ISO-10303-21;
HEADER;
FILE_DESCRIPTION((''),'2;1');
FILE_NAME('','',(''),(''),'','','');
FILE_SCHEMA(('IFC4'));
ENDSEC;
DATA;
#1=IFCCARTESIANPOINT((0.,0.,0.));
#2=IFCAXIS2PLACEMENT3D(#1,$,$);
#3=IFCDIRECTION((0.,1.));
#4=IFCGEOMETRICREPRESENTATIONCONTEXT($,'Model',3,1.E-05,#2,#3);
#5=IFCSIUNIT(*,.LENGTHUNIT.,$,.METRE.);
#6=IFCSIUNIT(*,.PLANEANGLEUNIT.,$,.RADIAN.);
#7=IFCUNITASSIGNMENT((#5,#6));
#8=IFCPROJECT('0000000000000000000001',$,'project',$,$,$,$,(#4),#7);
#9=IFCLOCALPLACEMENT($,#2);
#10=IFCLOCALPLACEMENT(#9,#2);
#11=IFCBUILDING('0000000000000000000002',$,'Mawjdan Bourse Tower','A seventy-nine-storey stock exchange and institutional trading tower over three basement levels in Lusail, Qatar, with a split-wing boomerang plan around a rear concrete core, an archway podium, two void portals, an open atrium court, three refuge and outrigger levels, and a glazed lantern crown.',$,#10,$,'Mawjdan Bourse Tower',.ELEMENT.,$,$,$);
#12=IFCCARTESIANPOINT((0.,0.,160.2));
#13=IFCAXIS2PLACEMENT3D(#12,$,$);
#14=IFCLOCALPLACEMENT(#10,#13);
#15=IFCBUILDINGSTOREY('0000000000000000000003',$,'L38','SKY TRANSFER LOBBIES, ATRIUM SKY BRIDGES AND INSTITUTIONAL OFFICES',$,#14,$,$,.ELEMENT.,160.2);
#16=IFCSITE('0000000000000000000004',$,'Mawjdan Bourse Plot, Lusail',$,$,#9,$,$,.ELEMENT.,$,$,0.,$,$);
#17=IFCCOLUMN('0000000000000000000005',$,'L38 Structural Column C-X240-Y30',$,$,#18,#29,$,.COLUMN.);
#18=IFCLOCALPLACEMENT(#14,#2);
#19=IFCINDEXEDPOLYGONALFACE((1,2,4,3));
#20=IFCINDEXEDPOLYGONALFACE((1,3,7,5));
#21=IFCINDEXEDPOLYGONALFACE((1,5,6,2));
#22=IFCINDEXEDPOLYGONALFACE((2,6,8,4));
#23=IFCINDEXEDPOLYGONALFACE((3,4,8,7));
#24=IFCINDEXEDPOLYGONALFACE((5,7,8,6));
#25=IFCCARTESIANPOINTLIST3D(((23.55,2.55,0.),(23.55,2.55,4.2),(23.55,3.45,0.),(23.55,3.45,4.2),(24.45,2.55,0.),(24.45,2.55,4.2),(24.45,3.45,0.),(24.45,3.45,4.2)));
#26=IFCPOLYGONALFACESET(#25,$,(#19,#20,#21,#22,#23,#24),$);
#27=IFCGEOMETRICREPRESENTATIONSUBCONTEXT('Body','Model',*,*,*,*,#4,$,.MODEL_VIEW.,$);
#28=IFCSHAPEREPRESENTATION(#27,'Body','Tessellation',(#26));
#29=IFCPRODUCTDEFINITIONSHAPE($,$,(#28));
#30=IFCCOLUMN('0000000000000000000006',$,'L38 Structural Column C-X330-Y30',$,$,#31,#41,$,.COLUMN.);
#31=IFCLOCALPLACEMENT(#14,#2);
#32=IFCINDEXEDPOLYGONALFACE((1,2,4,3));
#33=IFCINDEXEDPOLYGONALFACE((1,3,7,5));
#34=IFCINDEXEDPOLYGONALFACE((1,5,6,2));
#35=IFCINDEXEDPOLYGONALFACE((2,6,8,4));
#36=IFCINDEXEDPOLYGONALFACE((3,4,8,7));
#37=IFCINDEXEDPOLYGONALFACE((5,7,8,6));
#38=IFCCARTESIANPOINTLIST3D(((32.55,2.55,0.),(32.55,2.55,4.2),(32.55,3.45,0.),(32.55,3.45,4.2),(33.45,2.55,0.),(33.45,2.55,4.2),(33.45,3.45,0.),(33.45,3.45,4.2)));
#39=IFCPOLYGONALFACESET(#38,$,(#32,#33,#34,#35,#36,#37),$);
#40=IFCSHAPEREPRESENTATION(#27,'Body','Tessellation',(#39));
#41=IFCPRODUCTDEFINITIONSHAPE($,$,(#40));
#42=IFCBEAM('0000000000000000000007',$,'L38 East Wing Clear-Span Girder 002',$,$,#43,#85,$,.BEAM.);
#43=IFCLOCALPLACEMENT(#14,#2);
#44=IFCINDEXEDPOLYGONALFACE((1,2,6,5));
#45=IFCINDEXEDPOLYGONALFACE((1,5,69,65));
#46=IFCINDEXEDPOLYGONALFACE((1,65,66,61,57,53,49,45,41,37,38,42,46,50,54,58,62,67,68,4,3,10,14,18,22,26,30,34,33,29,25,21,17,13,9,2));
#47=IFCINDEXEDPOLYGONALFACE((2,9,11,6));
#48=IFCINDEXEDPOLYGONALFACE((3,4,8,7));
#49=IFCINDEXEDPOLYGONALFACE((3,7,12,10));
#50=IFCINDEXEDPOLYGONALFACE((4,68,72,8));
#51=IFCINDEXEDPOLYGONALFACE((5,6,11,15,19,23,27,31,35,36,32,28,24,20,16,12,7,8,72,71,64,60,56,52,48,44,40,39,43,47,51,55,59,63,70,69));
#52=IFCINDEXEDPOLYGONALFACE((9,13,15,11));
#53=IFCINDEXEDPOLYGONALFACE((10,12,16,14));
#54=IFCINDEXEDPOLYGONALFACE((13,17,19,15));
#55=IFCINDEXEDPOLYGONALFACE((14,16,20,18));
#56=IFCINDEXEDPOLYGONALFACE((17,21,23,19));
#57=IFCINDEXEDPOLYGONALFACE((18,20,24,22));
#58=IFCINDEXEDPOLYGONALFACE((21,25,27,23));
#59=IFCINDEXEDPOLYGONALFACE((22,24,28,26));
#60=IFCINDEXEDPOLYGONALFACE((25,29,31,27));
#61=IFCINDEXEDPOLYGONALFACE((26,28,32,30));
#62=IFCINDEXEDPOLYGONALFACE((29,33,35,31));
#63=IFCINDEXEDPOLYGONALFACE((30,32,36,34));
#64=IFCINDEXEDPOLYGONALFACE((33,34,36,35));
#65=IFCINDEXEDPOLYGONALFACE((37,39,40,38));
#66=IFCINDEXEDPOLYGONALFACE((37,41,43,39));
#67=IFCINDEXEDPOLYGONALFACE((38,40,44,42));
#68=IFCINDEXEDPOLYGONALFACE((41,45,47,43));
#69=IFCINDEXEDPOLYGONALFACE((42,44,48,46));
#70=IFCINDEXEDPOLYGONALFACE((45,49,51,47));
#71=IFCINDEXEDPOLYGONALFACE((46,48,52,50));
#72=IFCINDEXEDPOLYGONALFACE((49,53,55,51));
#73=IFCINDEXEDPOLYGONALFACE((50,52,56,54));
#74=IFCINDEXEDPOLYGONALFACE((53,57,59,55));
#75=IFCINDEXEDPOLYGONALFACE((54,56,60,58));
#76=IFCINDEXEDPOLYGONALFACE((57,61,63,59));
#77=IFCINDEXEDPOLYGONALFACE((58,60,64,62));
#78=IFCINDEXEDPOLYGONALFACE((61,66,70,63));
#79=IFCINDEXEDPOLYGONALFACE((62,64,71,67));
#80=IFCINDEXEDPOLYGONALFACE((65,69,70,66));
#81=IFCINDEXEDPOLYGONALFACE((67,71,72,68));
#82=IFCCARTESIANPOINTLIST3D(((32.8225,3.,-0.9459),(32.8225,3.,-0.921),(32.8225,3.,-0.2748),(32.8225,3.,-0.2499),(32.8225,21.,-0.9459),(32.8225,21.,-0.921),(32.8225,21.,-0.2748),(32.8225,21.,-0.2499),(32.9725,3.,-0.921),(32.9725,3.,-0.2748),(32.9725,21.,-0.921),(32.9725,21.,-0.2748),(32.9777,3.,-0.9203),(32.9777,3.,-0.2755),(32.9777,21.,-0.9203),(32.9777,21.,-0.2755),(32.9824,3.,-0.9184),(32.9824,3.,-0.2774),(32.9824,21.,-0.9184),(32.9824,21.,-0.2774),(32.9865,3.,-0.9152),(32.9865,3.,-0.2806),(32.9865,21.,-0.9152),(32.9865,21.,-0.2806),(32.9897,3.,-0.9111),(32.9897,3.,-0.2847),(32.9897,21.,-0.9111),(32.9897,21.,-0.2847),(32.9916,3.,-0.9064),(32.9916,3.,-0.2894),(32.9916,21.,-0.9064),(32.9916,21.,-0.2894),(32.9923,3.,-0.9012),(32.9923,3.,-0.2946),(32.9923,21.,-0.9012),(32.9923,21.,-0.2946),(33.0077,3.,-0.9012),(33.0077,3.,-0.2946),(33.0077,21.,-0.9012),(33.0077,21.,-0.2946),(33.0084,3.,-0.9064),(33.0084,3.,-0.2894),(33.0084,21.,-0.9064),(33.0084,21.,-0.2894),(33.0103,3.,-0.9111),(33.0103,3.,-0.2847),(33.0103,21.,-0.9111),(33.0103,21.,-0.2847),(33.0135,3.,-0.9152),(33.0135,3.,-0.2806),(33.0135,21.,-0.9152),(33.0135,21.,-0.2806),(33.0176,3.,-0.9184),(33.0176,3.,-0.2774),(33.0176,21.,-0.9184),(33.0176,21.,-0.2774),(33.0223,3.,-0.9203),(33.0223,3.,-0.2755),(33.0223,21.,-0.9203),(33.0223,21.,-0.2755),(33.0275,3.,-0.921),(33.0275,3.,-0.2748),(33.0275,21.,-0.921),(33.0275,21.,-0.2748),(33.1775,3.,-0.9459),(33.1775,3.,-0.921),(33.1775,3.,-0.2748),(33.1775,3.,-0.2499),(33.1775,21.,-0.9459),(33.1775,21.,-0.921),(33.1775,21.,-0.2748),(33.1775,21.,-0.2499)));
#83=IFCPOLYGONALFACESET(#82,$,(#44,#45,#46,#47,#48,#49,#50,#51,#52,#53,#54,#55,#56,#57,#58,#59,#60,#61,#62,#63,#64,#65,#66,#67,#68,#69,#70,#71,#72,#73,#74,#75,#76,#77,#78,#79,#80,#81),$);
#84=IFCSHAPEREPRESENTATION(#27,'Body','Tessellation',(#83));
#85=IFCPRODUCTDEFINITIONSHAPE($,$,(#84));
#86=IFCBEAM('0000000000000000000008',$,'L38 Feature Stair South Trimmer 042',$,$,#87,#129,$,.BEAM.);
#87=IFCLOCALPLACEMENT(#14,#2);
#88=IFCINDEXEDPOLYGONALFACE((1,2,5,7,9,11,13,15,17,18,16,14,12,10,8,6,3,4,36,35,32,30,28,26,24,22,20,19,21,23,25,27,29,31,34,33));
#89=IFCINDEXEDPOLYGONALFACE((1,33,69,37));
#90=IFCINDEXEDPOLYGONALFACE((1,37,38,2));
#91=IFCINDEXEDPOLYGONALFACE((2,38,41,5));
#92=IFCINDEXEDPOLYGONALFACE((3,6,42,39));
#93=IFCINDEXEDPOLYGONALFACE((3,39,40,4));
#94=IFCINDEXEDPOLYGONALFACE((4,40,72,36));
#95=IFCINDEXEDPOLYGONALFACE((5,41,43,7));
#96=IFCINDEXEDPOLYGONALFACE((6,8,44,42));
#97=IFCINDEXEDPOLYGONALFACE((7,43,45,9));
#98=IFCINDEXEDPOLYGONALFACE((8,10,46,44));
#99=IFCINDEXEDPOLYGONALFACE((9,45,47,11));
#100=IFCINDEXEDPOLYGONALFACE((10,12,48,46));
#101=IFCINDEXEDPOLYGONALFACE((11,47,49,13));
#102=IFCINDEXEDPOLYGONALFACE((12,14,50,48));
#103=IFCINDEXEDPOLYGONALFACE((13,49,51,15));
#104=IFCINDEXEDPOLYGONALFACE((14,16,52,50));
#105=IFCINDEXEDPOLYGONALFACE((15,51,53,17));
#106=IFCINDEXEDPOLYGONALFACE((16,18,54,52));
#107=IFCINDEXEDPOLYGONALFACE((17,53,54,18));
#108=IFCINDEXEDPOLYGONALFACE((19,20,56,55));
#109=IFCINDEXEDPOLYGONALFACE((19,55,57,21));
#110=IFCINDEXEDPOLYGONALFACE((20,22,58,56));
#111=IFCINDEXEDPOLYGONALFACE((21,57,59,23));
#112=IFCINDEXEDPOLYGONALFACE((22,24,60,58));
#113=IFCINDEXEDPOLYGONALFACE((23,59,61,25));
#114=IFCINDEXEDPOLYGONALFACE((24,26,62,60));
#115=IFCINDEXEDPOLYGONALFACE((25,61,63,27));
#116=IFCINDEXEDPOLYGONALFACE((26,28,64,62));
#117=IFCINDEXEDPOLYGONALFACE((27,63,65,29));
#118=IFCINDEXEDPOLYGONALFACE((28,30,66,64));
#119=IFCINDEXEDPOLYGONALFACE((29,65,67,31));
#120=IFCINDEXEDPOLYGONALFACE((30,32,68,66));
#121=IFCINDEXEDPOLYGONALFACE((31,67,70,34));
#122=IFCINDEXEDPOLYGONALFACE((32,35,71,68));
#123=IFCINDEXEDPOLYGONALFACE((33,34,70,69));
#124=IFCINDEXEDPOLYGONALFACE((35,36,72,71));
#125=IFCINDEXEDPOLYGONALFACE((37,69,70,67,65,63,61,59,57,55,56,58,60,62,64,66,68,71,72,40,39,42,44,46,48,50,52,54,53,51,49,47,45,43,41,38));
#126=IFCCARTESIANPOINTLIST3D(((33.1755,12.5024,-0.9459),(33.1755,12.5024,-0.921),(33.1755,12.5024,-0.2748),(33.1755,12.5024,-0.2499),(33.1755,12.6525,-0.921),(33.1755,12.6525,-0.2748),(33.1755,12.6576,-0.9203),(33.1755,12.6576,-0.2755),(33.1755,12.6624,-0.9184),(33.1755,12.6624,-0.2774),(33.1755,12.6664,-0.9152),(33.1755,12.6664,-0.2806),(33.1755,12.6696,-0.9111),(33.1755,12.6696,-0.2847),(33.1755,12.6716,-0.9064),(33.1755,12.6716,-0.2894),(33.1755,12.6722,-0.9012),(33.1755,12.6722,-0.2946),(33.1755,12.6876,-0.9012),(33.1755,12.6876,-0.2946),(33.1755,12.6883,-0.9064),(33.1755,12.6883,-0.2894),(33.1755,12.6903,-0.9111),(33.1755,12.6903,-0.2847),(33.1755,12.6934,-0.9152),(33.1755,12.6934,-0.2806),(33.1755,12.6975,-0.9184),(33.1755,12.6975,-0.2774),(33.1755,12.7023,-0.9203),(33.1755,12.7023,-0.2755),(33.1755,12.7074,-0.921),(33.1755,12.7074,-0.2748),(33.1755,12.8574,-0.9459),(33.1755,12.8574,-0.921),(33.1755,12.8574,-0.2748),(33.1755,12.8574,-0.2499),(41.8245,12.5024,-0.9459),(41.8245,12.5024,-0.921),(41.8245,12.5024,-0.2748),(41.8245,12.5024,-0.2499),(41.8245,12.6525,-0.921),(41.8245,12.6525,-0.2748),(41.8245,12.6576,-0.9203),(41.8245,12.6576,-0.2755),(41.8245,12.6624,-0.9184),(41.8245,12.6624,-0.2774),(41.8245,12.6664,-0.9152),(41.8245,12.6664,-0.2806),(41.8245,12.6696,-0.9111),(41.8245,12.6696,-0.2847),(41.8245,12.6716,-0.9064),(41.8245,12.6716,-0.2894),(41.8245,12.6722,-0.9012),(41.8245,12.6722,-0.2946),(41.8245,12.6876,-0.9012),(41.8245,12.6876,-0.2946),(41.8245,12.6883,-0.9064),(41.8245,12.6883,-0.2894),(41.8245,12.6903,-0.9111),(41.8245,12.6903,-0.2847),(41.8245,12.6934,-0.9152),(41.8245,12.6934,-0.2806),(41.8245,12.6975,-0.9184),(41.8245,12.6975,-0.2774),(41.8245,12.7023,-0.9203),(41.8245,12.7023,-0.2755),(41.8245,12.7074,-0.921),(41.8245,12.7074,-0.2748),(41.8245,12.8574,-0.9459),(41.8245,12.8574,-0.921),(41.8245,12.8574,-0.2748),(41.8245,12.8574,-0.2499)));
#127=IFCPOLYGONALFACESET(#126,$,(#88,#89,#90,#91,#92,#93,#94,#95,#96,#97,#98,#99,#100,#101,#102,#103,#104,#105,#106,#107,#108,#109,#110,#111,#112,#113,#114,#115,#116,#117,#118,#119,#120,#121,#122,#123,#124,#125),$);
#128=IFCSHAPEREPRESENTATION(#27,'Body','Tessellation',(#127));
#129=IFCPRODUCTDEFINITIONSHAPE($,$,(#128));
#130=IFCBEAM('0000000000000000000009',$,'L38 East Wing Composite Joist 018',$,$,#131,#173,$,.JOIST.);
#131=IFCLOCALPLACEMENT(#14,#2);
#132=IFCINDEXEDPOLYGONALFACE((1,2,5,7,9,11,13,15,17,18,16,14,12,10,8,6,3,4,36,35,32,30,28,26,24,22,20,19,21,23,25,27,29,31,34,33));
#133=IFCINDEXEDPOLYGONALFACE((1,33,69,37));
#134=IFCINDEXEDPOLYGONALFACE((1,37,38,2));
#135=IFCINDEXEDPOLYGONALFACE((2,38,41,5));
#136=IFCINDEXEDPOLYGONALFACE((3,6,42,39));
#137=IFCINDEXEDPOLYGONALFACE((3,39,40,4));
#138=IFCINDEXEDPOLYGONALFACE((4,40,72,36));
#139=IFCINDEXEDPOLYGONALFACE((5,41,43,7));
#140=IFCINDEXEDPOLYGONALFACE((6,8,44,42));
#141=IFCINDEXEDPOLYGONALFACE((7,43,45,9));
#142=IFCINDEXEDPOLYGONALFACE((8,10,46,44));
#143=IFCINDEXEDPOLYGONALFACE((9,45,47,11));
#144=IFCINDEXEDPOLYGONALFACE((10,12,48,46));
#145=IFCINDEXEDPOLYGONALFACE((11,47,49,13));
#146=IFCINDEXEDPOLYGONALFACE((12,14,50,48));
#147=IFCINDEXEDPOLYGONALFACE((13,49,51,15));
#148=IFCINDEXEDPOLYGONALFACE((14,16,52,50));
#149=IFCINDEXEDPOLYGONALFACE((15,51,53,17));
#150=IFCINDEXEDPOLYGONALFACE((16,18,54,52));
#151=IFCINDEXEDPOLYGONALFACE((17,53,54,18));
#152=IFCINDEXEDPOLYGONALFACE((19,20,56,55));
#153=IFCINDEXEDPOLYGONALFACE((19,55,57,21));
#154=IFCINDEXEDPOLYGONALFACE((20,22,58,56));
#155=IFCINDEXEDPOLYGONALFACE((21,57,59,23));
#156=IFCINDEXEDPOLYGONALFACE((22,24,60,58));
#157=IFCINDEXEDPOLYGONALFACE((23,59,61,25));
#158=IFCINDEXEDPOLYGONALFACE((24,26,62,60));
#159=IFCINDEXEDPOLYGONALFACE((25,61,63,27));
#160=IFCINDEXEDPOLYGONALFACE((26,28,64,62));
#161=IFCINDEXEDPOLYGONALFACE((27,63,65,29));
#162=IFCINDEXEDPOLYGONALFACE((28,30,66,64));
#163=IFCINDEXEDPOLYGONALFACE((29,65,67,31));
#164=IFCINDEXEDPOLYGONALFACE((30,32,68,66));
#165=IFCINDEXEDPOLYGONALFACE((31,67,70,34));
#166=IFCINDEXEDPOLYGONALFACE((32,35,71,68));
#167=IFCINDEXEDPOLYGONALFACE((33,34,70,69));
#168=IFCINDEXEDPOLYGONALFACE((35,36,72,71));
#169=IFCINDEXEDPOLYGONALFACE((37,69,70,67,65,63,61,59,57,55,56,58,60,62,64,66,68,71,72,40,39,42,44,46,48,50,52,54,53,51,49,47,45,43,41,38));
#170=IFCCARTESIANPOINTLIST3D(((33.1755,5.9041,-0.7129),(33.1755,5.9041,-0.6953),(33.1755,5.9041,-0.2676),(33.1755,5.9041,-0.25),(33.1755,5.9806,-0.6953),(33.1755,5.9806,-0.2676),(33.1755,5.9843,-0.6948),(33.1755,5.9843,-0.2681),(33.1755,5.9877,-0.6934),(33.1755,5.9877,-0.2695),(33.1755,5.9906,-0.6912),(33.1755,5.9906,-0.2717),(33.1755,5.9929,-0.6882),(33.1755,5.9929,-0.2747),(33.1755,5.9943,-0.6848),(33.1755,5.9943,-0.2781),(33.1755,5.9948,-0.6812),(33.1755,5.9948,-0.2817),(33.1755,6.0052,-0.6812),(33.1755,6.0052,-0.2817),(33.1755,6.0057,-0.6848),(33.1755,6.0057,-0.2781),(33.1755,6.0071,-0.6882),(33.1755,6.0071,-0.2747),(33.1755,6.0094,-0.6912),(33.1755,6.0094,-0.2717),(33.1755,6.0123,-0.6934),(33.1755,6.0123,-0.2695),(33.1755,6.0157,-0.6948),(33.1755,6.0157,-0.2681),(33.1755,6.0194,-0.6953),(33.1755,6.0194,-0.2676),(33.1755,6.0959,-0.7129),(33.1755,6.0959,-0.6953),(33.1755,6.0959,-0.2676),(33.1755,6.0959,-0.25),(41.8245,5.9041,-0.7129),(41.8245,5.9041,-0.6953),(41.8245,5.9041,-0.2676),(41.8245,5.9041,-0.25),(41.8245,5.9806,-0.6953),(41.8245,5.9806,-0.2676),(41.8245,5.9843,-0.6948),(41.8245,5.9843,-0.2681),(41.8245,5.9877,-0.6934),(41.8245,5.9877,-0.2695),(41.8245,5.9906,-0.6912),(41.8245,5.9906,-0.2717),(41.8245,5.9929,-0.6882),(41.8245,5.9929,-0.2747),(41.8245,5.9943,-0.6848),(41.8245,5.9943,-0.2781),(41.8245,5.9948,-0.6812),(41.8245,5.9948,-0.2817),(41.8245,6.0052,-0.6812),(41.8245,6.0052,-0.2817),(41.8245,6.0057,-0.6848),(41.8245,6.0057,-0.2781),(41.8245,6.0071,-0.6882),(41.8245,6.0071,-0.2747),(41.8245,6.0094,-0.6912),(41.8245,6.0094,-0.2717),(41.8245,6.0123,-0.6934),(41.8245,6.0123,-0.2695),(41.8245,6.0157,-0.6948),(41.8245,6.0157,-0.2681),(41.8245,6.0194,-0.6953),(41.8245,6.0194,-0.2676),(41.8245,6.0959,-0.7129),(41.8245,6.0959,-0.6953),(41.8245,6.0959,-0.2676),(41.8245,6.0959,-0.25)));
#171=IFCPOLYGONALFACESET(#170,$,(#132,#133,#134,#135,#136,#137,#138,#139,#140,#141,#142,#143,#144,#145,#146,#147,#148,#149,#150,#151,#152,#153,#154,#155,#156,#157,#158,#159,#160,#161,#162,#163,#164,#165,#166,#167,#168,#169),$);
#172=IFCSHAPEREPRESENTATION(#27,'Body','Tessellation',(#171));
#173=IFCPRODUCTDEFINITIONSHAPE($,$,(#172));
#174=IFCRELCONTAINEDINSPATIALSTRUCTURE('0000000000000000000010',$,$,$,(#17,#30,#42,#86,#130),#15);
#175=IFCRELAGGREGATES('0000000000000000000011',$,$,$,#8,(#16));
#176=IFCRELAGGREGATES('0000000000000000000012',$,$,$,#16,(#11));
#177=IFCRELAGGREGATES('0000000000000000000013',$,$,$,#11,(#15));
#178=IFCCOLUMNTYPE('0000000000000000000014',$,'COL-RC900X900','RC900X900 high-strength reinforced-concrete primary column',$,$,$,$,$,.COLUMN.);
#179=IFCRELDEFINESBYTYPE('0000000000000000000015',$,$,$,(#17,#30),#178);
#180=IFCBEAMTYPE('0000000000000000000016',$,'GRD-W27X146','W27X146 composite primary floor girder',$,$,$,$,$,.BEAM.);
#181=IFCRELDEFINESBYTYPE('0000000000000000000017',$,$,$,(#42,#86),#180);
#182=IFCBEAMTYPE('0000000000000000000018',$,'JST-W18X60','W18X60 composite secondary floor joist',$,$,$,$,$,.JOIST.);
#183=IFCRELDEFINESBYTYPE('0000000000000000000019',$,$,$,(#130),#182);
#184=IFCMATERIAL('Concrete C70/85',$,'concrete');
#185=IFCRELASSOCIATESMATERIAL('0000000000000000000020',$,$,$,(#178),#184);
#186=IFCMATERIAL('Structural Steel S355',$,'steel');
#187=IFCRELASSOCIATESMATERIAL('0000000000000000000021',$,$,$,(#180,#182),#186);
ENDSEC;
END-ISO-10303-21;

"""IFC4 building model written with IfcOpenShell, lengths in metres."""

from ifc_helpers import new_model, si_unit, direction, frame, origin, origin_2d, place, context, subcontext, project, spatial, rectangle, i_section, extrude, material, material_profile, profile_set, type_object, element, save


model = new_model("IFC4")

# Units and contexts
model_context = context("Model", 3, precision=1e-05, world=origin(), true_north=direction((0.0, 1.0)))
body_context = subcontext(model_context, "Body", "Model", "MODEL_VIEW")
ifc_project = project(units=[si_unit("LENGTHUNIT", "METRE"), si_unit("PLANEANGLEUNIT", "RADIAN")], contexts=[model_context])

# Site, building, storey
site_placement = place(None, origin())
site = spatial("IfcSite", under=ifc_project, at=site_placement, Name="Mawjdan Bourse Plot, Lusail", CompositionType="ELEMENT", RefElevation=0.0)
building_placement = place(site_placement, origin())
building = spatial("IfcBuilding", under=site, at=building_placement, Name="Mawjdan Bourse Tower", Description="A seventy-nine-storey stock exchange and institutional trading tower over three basement levels in Lusail, Qatar, with a split-wing boomerang plan around a rear concrete core, an archway podium, two void portals, an open atrium court, three refuge and outrigger levels, and a glazed lantern crown.", LongName="Mawjdan Bourse Tower", CompositionType="ELEMENT")
storey_placement = place(building_placement, frame((0.0, 0.0, 160.2)))
storey = spatial("IfcBuildingStorey", under=building, at=storey_placement, Name="L38", Description="SKY TRANSFER LOBBIES, ATRIUM SKY BRIDGES AND INSTITUTIONAL OFFICES", CompositionType="ELEMENT", Elevation=160.2)

# Columns
ifc_material_1 = material(Name="Concrete C70/85", Category="concrete")
ifc_material_profile_1 = material_profile(ifc_material_1, rectangle(XDim=0.8999, YDim=0.8999, at=origin_2d()), Name="RC900X900")
ifc_profile_set_1 = profile_set([ifc_material_profile_1], Name="Concrete C70/85")
column_type = type_object("IfcColumnType", Name="COL-RC900X900", Description="RC900X900 high-strength reinforced-concrete primary column", PredefinedType="COLUMN", material=ifc_profile_set_1)
for number, where, z_axis, x_axis, name in (
    (1, (24.0, 3.0, 0.0), (0.0, 0.0, 1.0), (1.0, 0.0, 0.0), "L38 Structural Column C-X240-Y30"),
    (2, (33.0, 3.0, 0.0), (0.0, 0.0, 1.0), (1.0, 0.0, 0.0), "L38 Structural Column C-X330-Y30"),
):
    element("IfcColumn", number, at=place(storey_placement, frame(where, z_axis=z_axis, x_axis=x_axis)), inside=storey, type_object=column_type, Name=name, PredefinedType="COLUMN", context=body_context, shape_type="SweptSolid", body=[
        extrude(rectangle(XDim=0.8999, YDim=0.8999, at=origin_2d()), origin(), (0.0, 0.0, 1.0), 4.2),
    ])

# Beams
ifc_material_2 = material(Name="Structural Steel S355", Category="steel")
ifc_material_profile_2 = material_profile(ifc_material_2, i_section(OverallWidth=0.355, OverallDepth=0.696, WebThickness=0.0154, FlangeThickness=0.0249, FilletRadius=0.0198, at=origin_2d()), Name="W27X146")
ifc_profile_set_2 = profile_set([ifc_material_profile_2], Name="Structural Steel S355")
beam_type_1 = type_object("IfcBeamType", Name="GRD-W27X146", Description="W27X146 composite primary floor girder", PredefinedType="BEAM", material=ifc_profile_set_2)
beam_1_placement = place(storey_placement, frame((33.0, 3.0, -0.5979), z_axis=(0.0, 1.0, 0.0), x_axis=(-1.0, 0.0, 0.0)))
element("IfcBeam", 3, at=beam_1_placement, inside=storey, type_object=beam_type_1, Name="L38 East Wing Clear-Span Girder 002", PredefinedType="BEAM", context=body_context, shape_type="SweptSolid", body=[
    extrude(i_section(OverallWidth=0.355, OverallDepth=0.696, WebThickness=0.0154, FlangeThickness=0.0249, FilletRadius=0.0198, at=origin_2d()), origin(), (0.0, 0.0, 1.0), 18.0),
])
beam_2_placement = place(storey_placement, frame((33.1755, 12.6799, -0.5979), z_axis=(1.0, 0.0, 0.0), x_axis=(0.0, 1.0, 0.0)))
element("IfcBeam", 4, at=beam_2_placement, inside=storey, type_object=beam_type_1, Name="L38 Feature Stair South Trimmer 042", PredefinedType="BEAM", context=body_context, shape_type="SweptSolid", body=[
    extrude(i_section(OverallWidth=0.355, OverallDepth=0.696, WebThickness=0.0154, FlangeThickness=0.0249, FilletRadius=0.0198, at=origin_2d()), origin(), (0.0, 0.0, 1.0), 8.6489),
])
ifc_material_profile_3 = material_profile(ifc_material_2, i_section(OverallWidth=0.1919, OverallDepth=0.4629, WebThickness=0.0105, FlangeThickness=0.0176, FilletRadius=0.0142, at=origin_2d()), Name="W18X60")
ifc_profile_set_3 = profile_set([ifc_material_profile_3], Name="Structural Steel S355")
beam_type_2 = type_object("IfcBeamType", Name="JST-W18X60", Description="W18X60 composite secondary floor joist", PredefinedType="JOIST", material=ifc_profile_set_3)
for number, where, z_axis, x_axis, name in (
    (5, (33.1755, 6.0, -0.4814), (1.0, 0.0, 0.0), (0.0, 1.0, 0.0), "L38 East Wing Composite Joist 018"),
):
    element("IfcBeam", number, at=place(storey_placement, frame(where, z_axis=z_axis, x_axis=x_axis)), inside=storey, type_object=beam_type_2, Name=name, PredefinedType="JOIST", context=body_context, shape_type="SweptSolid", body=[
        extrude(i_section(OverallWidth=0.1919, OverallDepth=0.4629, WebThickness=0.0105, FlangeThickness=0.0176, FilletRadius=0.0142, at=origin_2d()), origin(), (0.0, 0.0, 1.0), 8.6489),
    ])

save(model, "model.ifc")
